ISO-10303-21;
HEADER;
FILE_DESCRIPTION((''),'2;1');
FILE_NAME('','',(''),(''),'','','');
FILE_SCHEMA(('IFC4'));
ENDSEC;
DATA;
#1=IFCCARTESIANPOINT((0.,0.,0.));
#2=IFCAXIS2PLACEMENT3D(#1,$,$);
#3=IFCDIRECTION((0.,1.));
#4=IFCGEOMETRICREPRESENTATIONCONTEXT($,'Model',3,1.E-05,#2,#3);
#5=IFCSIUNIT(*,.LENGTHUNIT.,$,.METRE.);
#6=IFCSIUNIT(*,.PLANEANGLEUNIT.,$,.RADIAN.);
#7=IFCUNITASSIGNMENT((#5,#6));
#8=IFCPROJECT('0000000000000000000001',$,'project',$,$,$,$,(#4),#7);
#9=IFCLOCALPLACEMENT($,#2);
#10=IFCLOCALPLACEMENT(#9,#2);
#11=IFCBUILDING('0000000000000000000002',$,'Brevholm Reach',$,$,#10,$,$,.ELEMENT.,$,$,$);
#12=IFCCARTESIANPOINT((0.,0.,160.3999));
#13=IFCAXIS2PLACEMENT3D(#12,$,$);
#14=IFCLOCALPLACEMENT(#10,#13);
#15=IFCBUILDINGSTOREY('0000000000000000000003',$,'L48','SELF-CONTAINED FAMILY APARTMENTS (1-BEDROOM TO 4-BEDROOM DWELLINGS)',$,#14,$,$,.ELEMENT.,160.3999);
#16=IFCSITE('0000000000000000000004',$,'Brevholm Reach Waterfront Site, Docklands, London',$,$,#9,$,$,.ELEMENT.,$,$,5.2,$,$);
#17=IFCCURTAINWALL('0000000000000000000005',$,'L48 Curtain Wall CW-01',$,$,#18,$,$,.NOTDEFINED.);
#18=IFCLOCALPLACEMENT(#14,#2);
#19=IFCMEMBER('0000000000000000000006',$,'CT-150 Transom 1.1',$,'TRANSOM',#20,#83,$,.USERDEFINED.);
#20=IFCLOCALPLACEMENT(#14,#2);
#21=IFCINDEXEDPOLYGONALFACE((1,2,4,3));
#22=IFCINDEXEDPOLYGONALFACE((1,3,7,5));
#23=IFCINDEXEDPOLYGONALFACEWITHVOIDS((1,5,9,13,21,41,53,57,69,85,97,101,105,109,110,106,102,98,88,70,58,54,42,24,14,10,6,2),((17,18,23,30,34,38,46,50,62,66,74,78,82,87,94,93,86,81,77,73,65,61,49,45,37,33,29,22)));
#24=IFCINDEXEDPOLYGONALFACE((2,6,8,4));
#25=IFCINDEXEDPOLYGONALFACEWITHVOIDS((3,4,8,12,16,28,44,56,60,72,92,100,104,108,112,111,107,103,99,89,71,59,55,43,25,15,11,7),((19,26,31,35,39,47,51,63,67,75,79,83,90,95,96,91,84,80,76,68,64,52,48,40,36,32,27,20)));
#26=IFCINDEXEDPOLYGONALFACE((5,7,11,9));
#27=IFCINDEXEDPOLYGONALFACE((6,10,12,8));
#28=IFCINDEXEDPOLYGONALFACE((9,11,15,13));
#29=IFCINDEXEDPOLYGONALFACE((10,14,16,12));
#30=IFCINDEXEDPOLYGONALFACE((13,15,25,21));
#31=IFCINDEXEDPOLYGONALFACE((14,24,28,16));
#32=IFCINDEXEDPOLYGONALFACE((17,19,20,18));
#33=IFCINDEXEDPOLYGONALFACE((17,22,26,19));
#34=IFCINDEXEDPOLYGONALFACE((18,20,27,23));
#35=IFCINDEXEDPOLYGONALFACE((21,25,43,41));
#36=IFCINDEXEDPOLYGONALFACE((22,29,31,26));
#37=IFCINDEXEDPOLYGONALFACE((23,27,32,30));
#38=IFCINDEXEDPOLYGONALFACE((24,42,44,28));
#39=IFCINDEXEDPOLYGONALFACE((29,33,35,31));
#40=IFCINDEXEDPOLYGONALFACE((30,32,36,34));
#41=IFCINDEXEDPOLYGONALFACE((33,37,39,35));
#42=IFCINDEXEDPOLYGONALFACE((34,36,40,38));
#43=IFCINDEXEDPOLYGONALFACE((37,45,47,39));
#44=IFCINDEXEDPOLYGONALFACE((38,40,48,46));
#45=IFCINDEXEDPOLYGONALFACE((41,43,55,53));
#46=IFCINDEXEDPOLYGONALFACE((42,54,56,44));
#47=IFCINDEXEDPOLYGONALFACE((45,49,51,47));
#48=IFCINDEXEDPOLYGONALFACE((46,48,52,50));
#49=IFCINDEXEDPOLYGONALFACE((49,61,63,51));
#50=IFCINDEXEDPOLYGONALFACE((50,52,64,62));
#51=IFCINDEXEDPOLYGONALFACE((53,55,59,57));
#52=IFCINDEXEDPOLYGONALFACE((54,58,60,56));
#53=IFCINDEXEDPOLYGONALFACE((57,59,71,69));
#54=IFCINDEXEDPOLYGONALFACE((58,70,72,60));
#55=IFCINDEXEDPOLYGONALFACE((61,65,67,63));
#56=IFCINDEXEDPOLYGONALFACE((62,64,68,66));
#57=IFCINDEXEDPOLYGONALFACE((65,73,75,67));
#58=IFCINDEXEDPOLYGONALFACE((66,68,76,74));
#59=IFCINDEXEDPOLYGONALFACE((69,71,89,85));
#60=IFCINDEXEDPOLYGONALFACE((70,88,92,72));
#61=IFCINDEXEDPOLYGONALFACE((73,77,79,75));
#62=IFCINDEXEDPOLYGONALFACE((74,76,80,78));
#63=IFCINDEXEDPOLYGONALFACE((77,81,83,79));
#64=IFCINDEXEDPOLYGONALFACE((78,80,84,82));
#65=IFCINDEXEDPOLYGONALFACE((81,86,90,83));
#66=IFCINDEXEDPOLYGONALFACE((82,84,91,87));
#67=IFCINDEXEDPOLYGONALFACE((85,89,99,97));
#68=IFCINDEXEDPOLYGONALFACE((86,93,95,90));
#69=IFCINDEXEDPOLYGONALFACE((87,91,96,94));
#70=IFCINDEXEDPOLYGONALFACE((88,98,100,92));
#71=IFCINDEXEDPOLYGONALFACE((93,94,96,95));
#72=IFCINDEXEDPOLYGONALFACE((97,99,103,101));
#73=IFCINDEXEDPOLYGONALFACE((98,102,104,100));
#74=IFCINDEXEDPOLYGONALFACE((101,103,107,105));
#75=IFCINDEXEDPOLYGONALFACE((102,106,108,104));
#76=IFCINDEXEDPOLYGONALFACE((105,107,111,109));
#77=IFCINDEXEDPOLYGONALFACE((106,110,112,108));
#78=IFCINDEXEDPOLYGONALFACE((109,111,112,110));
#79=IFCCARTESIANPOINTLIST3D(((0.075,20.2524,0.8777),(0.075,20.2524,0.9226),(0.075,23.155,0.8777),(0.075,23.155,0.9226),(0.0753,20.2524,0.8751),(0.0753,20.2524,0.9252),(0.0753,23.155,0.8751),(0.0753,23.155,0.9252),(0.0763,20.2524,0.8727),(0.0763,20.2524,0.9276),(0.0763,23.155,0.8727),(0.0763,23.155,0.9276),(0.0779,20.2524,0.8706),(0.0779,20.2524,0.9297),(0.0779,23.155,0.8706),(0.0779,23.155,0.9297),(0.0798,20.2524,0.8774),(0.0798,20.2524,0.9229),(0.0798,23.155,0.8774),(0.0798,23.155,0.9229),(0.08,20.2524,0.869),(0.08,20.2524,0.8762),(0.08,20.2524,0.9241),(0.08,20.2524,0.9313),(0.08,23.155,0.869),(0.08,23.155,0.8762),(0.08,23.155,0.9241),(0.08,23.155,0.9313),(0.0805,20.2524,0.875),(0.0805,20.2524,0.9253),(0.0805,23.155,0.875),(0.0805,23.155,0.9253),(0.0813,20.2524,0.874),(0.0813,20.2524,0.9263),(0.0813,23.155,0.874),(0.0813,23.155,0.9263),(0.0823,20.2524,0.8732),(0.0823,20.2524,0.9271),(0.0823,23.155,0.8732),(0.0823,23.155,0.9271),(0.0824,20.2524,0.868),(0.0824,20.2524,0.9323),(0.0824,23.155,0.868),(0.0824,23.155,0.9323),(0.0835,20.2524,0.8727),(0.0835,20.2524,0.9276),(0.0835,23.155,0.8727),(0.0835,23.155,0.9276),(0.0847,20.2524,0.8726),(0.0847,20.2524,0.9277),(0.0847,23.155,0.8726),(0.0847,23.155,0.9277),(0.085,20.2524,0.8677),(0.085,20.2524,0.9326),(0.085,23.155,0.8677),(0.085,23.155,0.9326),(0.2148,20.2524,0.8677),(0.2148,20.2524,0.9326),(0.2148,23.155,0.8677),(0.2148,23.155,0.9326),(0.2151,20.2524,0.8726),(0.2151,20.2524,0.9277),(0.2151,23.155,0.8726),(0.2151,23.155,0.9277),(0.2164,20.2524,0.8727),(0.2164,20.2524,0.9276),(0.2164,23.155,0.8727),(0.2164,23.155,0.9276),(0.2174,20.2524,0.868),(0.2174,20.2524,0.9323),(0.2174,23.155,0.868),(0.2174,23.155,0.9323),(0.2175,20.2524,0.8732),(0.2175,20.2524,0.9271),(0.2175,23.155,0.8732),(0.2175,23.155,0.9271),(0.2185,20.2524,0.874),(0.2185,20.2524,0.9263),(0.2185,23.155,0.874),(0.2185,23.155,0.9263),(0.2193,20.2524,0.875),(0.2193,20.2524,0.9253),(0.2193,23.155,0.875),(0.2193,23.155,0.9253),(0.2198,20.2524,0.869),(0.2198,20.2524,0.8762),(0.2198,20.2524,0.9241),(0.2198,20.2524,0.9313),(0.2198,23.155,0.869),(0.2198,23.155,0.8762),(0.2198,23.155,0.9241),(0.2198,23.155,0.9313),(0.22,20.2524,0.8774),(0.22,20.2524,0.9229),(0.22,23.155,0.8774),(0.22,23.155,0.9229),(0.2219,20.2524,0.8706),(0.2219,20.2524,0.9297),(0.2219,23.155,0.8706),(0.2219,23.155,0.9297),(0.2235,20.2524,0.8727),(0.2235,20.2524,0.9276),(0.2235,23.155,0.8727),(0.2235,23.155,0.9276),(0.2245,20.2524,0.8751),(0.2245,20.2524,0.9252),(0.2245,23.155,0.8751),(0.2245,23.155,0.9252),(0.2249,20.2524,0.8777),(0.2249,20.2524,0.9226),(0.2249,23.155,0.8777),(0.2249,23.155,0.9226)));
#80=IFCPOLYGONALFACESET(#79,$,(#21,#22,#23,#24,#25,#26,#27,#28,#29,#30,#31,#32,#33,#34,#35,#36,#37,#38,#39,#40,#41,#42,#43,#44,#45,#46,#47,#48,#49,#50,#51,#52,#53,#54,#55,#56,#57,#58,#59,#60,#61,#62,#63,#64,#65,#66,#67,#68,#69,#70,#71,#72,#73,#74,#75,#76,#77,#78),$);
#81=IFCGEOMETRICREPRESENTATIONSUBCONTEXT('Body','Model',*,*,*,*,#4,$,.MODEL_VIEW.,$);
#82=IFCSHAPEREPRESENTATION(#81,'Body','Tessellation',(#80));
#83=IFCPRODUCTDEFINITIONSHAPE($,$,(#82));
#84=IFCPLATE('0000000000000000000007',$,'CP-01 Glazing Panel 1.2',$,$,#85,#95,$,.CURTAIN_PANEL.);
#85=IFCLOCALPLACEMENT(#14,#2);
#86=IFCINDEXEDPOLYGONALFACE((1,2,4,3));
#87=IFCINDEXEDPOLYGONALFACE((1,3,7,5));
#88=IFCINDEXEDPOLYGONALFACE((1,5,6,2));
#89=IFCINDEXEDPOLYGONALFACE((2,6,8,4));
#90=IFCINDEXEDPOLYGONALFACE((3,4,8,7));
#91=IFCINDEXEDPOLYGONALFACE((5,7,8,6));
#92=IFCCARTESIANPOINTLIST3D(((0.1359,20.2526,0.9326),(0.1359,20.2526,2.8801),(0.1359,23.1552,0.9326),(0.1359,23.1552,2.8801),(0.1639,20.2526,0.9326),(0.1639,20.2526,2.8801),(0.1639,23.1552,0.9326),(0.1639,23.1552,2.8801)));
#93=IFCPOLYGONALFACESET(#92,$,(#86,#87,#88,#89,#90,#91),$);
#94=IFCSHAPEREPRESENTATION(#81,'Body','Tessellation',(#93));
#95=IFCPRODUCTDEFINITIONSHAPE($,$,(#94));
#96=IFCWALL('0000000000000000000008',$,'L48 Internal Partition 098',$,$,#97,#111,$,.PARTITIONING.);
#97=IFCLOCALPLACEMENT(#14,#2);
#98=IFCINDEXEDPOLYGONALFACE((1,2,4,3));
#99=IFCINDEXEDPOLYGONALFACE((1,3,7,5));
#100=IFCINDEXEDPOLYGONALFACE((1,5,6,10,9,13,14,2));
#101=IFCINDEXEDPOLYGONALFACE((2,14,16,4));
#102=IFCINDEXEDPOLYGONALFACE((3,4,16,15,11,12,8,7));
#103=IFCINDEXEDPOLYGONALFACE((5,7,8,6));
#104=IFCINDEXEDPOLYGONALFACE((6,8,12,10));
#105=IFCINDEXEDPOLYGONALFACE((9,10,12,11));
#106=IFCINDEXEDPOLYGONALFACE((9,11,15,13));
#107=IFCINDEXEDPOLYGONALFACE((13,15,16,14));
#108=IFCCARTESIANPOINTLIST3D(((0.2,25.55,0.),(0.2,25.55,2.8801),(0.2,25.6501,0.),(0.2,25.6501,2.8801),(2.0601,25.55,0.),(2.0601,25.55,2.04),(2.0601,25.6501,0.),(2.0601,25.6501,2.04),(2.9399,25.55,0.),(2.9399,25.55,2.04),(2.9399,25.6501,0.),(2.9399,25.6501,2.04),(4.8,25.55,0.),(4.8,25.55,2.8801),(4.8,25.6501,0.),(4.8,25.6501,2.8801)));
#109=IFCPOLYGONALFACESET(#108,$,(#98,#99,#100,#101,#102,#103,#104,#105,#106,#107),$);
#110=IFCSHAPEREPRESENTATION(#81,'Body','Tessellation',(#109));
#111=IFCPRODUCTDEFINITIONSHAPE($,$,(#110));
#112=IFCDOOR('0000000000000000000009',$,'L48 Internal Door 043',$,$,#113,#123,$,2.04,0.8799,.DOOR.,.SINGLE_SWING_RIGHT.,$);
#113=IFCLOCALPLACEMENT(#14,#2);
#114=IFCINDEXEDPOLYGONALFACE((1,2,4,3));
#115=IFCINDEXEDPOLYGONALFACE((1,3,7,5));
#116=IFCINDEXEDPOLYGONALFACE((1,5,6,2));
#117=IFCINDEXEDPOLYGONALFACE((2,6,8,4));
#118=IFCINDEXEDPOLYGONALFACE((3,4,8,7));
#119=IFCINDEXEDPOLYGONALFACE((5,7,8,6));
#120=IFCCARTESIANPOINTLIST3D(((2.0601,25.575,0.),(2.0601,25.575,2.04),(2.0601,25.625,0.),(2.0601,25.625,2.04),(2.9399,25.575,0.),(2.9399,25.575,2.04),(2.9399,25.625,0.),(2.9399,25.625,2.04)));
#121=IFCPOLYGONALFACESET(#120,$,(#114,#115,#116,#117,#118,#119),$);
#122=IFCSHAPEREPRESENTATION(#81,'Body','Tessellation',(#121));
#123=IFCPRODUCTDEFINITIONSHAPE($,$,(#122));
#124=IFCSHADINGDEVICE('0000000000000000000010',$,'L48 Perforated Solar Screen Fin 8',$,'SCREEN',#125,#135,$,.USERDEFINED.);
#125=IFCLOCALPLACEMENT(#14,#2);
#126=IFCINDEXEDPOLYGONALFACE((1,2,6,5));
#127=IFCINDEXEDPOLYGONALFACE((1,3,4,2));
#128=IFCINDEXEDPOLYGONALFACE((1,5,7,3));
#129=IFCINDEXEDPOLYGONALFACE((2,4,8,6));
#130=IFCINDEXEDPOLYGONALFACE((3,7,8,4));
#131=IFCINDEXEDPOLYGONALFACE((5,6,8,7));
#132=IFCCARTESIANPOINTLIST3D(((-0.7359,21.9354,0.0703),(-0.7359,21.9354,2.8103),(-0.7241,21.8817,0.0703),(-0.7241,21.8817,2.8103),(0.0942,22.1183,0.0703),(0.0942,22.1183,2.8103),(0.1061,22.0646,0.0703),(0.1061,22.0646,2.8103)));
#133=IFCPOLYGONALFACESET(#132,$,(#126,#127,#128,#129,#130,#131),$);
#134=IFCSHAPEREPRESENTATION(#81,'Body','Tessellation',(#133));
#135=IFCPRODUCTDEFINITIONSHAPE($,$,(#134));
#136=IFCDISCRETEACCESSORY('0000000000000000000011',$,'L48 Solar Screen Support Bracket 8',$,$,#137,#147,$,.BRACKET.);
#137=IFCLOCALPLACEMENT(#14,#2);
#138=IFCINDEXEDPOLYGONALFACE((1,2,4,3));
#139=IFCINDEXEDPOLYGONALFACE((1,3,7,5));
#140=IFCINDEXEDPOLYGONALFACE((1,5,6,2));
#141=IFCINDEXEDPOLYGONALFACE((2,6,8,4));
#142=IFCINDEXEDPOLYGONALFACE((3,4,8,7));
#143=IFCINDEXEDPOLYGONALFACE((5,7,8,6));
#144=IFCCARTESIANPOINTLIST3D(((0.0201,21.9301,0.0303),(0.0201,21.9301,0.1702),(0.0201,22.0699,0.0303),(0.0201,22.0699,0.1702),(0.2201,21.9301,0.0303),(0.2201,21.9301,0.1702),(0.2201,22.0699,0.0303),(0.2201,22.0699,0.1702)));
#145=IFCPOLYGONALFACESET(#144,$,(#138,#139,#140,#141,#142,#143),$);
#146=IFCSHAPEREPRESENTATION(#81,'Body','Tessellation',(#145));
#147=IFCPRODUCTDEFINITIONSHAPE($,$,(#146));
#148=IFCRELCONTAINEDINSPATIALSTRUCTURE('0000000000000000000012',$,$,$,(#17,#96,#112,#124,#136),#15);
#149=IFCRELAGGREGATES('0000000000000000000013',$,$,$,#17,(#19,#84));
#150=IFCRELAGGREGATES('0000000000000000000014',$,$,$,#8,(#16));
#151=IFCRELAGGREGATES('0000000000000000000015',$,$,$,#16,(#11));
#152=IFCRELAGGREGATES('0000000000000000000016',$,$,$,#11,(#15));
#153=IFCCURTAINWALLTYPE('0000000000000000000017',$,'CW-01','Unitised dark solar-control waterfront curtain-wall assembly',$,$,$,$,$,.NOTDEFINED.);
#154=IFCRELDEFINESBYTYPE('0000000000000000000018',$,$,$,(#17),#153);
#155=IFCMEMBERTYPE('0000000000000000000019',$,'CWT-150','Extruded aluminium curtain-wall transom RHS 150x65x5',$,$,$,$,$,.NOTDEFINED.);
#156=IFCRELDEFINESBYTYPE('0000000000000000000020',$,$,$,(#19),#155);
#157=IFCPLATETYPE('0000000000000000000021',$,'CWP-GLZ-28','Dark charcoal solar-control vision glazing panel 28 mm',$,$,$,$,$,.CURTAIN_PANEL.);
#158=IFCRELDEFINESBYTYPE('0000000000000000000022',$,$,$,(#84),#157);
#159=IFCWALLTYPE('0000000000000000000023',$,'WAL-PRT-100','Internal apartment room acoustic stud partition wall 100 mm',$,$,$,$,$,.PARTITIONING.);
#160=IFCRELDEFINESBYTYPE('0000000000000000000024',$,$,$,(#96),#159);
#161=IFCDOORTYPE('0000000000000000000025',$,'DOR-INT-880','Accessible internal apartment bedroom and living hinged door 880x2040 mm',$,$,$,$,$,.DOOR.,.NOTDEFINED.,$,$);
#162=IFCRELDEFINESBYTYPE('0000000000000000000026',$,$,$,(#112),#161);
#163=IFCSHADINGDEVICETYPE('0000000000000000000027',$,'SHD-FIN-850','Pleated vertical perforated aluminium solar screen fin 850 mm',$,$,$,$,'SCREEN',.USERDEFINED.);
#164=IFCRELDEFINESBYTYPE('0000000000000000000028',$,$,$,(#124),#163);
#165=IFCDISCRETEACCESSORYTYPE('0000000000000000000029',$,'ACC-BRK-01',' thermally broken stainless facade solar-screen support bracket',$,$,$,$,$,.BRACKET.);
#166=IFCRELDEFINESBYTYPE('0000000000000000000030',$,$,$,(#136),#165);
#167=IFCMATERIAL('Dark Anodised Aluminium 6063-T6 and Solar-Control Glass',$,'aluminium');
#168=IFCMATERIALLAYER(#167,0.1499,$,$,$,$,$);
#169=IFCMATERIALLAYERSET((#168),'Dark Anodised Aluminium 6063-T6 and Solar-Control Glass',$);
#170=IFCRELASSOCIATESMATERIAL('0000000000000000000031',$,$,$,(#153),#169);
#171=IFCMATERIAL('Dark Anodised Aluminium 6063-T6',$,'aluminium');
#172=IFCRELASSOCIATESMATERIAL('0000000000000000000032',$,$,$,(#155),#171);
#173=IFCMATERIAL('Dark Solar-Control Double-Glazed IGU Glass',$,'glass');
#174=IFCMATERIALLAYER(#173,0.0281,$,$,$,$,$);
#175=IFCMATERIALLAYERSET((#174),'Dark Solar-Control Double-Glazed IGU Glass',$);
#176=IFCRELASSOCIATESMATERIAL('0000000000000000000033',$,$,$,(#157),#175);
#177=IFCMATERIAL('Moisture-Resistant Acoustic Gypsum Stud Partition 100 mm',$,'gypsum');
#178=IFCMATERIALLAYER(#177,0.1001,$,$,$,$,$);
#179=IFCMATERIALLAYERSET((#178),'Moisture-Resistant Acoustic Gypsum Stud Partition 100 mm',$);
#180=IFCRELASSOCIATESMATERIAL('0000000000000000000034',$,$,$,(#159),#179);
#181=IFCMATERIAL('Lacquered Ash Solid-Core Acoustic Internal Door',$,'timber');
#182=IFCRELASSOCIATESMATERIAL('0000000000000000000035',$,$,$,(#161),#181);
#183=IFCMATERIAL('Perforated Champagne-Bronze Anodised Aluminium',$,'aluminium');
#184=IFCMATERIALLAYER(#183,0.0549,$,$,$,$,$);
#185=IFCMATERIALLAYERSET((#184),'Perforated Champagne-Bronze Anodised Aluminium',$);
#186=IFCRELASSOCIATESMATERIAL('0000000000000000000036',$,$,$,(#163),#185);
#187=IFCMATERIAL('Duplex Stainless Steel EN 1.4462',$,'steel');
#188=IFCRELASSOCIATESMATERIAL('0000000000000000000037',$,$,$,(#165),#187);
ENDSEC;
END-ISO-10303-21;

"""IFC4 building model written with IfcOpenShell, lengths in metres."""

from ifc_helpers import new_model, si_unit, direction, frame, frame_2d, origin, origin_2d, place, context, subcontext, project, spatial, rectangle, hollow_rectangle, extrude, material, layer, layer_set, material_profile, profile_set, type_object, element, fill, aggregate, save


model = new_model("IFC4")

# Units and contexts
model_context = context("Model", 3, precision=1e-05, world=origin(), true_north=direction((0.0, 1.0)))
body_context = subcontext(model_context, "Body", "Model", "MODEL_VIEW")
ifc_project = project(units=[si_unit("LENGTHUNIT", "METRE"), si_unit("PLANEANGLEUNIT", "RADIAN")], contexts=[model_context])

# Site, building, storey
site_placement = place(None, origin())
site = spatial("IfcSite", under=ifc_project, at=site_placement, Name="Brevholm Reach Waterfront Site, Docklands, London", CompositionType="ELEMENT", RefElevation=5.2)
building_placement = place(site_placement, origin())
building = spatial("IfcBuilding", under=site, at=building_placement, Name="Brevholm Reach", CompositionType="ELEMENT")
storey_placement = place(building_placement, frame((0.0, 0.0, 160.3999)))
storey = spatial("IfcBuildingStorey", under=building, at=storey_placement, Name="L48", Description="SELF-CONTAINED FAMILY APARTMENTS (1-BEDROOM TO 4-BEDROOM DWELLINGS)", CompositionType="ELEMENT", Elevation=160.3999)

# Curtain wall, member, plate
ifc_material_1 = material(Name="Dark Anodised Aluminium 6063-T6 and Solar-Control Glass", Category="aluminium")
ifc_layer_1 = layer(ifc_material_1, 0.1499)
ifc_layer_set_1 = layer_set([ifc_layer_1], Name="Dark Anodised Aluminium 6063-T6 and Solar-Control Glass")
curtain_wall_type = type_object("IfcCurtainWallType", Name="CW-01", Description="Unitised dark solar-control waterfront curtain-wall assembly", PredefinedType="NOTDEFINED", material=ifc_layer_set_1)
curtain_wall_placement = place(storey_placement, origin())
curtain_wall = element("IfcCurtainWall", 1, at=curtain_wall_placement, inside=storey, type_object=curtain_wall_type, Name="L48 Curtain Wall CW-01", PredefinedType="NOTDEFINED")
ifc_material_2 = material(Name="Dark Anodised Aluminium 6063-T6", Category="aluminium")
ifc_material_profile_1 = material_profile(ifc_material_2, hollow_rectangle(XDim=0.0649, YDim=0.1499, WallThickness=0.0049, InnerFilletRadius=0.0049, OuterFilletRadius=0.01, at=origin_2d()), Name="RHS 150x65x5")
ifc_profile_set_1 = profile_set([ifc_material_profile_1], Name="Dark Anodised Aluminium 6063-T6")
member_type_1 = type_object("IfcMemberType", Name="CWT-150", Description="Extruded aluminium curtain-wall transom RHS 150x65x5", PredefinedType="NOTDEFINED", material=ifc_profile_set_1)
member_1_placement = place(storey_placement, frame((0.1499, 23.155, 0.9001), z_axis=(0.0, -1.0, 0.0), x_axis=(0.0, 0.0, 1.0)))
member_1 = element("IfcMember", 2, at=member_1_placement, type_object=member_type_1, Name="CT-150 Transom 1.1", ObjectType="TRANSOM", PredefinedType="USERDEFINED", context=body_context, shape_type="SweptSolid", body=[
    extrude(hollow_rectangle(XDim=0.0649, YDim=0.1499, WallThickness=0.0049, InnerFilletRadius=0.0049, OuterFilletRadius=0.01, at=origin_2d()), origin(), (0.0, 0.0, 1.0), 2.9026),
])
ifc_material_3 = material(Name="Dark Solar-Control Double-Glazed IGU Glass", Category="glass")
ifc_layer_2 = layer(ifc_material_3, 0.0281)
ifc_layer_set_2 = layer_set([ifc_layer_2], Name="Dark Solar-Control Double-Glazed IGU Glass")
plate_type = type_object("IfcPlateType", Name="CWP-GLZ-28", Description="Dark charcoal solar-control vision glazing panel 28 mm", PredefinedType="CURTAIN_PANEL", material=ifc_layer_set_2)
plate_placement = place(storey_placement, frame((0.1499, 21.7039, 0.9326), z_axis=(0.0, 0.0, 1.0), x_axis=(0.0, -1.0, 0.0)))
plate = element("IfcPlate", 3, at=plate_placement, type_object=plate_type, Name="CP-01 Glazing Panel 1.2", PredefinedType="CURTAIN_PANEL", context=body_context, shape_type="SweptSolid", body=[
    extrude(rectangle(XDim=2.9026, YDim=0.0281, at=origin_2d()), origin(), (0.0, 0.0, 1.0), 1.9475),
])
aggregate(curtain_wall, [member_1, plate])

# Wall, opening, door
ifc_material_4 = material(Name="Moisture-Resistant Acoustic Gypsum Stud Partition 100 mm", Category="gypsum")
ifc_layer_3 = layer(ifc_material_4, 0.1001)
ifc_layer_set_3 = layer_set([ifc_layer_3], Name="Moisture-Resistant Acoustic Gypsum Stud Partition 100 mm")
wall_type = type_object("IfcWallType", Name="WAL-PRT-100", Description="Internal apartment room acoustic stud partition wall 100 mm", PredefinedType="PARTITIONING", material=ifc_layer_set_3)
wall_placement = place(storey_placement, frame((0.2, 25.6001, 0.0), z_axis=(0.0, 0.0, 1.0), x_axis=(1.0, 0.0, 0.0)))
wall = element("IfcWall", 4, at=wall_placement, inside=storey, type_object=wall_type, Name="L48 Internal Partition 098", PredefinedType="PARTITIONING", context=body_context, shape_type="SweptSolid", body=[
    extrude(rectangle(XDim=4.6001, YDim=0.1001, at=frame_2d((2.3, 0.0))), origin(), (0.0, 0.0, 1.0), 2.8801),
])
opening_placement = place(wall_placement, frame((1.8601, 0.0, 0.0)))
opening = element("IfcOpeningElement", 5, at=opening_placement, cuts=wall, PredefinedType="OPENING", context=body_context, shape_type="SweptSolid", body=[
    extrude(rectangle(XDim=0.8799, YDim=2.04, at=frame_2d((0.4399, 1.02))), frame((0.0, 0.0601, 0.0), z_axis=(0.0, -1.0, 0.0), x_axis=(1.0, 0.0, 0.0)), (0.0, 0.0, 1.0), 0.1201),
])
ifc_material_5 = material(Name="Lacquered Ash Solid-Core Acoustic Internal Door", Category="timber")
door_type = type_object("IfcDoorType", Name="DOR-INT-880", Description="Accessible internal apartment bedroom and living hinged door 880x2040 mm", OperationType="NOTDEFINED", PredefinedType="DOOR", material=ifc_material_5)
door_placement = place(opening_placement, origin())
door = element("IfcDoor", 6, at=door_placement, inside=storey, type_object=door_type, Name="L48 Internal Door 043", OperationType="SINGLE_SWING_RIGHT", OverallHeight=2.04, OverallWidth=0.8799, PredefinedType="DOOR", context=body_context, shape_type="SweptSolid", body=[
    extrude(rectangle(XDim=0.8799, YDim=2.04, at=frame_2d((0.4399, 1.02))), frame((0.0, 0.0249, 0.0), z_axis=(0.0, -1.0, 0.0), x_axis=(1.0, 0.0, 0.0)), (0.0, 0.0, 1.0), 0.05),
])
fill(opening, door)

# Shading device
ifc_material_6 = material(Name="Perforated Champagne-Bronze Anodised Aluminium", Category="aluminium")
ifc_layer_4 = layer(ifc_material_6, 0.0549)
ifc_layer_set_4 = layer_set([ifc_layer_4], Name="Perforated Champagne-Bronze Anodised Aluminium")
shading_device_type = type_object("IfcShadingDeviceType", Name="SHD-FIN-850", Description="Pleated vertical perforated aluminium solar screen fin 850 mm", ElementType="SCREEN", PredefinedType="USERDEFINED", material=ifc_layer_set_4)
shading_device_placement = place(storey_placement, frame((-0.3149, 22.0, 0.0703), z_axis=(0.0, 0.0, 1.0), x_axis=(-0.976575, -0.215179, 0.0)))
element("IfcShadingDevice", 7, at=shading_device_placement, inside=storey, type_object=shading_device_type, Name="L48 Perforated Solar Screen Fin 8", ObjectType="SCREEN", PredefinedType="USERDEFINED", context=body_context, shape_type="SweptSolid", body=[
    extrude(rectangle(XDim=0.8501, YDim=0.0549, at=origin_2d()), origin(), (0.0, 0.0, 1.0), 2.74),
])

# Discrete accessory
ifc_material_7 = material(Name="Duplex Stainless Steel EN 1.4462", Category="steel")
discrete_accessory_type = type_object("IfcDiscreteAccessoryType", Name="ACC-BRK-01", Description=" thermally broken stainless facade solar-screen support bracket", PredefinedType="BRACKET", material=ifc_material_7)
discrete_accessory_placement = place(storey_placement, frame((0.1201, 22.0, 0.0303), z_axis=(0.0, 0.0, 1.0), x_axis=(-1.0, 0.0, 0.0)))
element("IfcDiscreteAccessory", 8, at=discrete_accessory_placement, inside=storey, type_object=discrete_accessory_type, Name="L48 Solar Screen Support Bracket 8", PredefinedType="BRACKET", context=body_context, shape_type="SweptSolid", body=[
    extrude(rectangle(XDim=0.2, YDim=0.1399, at=origin_2d()), origin(), (0.0, 0.0, 1.0), 0.1399),
])

save(model, "model.ifc")
